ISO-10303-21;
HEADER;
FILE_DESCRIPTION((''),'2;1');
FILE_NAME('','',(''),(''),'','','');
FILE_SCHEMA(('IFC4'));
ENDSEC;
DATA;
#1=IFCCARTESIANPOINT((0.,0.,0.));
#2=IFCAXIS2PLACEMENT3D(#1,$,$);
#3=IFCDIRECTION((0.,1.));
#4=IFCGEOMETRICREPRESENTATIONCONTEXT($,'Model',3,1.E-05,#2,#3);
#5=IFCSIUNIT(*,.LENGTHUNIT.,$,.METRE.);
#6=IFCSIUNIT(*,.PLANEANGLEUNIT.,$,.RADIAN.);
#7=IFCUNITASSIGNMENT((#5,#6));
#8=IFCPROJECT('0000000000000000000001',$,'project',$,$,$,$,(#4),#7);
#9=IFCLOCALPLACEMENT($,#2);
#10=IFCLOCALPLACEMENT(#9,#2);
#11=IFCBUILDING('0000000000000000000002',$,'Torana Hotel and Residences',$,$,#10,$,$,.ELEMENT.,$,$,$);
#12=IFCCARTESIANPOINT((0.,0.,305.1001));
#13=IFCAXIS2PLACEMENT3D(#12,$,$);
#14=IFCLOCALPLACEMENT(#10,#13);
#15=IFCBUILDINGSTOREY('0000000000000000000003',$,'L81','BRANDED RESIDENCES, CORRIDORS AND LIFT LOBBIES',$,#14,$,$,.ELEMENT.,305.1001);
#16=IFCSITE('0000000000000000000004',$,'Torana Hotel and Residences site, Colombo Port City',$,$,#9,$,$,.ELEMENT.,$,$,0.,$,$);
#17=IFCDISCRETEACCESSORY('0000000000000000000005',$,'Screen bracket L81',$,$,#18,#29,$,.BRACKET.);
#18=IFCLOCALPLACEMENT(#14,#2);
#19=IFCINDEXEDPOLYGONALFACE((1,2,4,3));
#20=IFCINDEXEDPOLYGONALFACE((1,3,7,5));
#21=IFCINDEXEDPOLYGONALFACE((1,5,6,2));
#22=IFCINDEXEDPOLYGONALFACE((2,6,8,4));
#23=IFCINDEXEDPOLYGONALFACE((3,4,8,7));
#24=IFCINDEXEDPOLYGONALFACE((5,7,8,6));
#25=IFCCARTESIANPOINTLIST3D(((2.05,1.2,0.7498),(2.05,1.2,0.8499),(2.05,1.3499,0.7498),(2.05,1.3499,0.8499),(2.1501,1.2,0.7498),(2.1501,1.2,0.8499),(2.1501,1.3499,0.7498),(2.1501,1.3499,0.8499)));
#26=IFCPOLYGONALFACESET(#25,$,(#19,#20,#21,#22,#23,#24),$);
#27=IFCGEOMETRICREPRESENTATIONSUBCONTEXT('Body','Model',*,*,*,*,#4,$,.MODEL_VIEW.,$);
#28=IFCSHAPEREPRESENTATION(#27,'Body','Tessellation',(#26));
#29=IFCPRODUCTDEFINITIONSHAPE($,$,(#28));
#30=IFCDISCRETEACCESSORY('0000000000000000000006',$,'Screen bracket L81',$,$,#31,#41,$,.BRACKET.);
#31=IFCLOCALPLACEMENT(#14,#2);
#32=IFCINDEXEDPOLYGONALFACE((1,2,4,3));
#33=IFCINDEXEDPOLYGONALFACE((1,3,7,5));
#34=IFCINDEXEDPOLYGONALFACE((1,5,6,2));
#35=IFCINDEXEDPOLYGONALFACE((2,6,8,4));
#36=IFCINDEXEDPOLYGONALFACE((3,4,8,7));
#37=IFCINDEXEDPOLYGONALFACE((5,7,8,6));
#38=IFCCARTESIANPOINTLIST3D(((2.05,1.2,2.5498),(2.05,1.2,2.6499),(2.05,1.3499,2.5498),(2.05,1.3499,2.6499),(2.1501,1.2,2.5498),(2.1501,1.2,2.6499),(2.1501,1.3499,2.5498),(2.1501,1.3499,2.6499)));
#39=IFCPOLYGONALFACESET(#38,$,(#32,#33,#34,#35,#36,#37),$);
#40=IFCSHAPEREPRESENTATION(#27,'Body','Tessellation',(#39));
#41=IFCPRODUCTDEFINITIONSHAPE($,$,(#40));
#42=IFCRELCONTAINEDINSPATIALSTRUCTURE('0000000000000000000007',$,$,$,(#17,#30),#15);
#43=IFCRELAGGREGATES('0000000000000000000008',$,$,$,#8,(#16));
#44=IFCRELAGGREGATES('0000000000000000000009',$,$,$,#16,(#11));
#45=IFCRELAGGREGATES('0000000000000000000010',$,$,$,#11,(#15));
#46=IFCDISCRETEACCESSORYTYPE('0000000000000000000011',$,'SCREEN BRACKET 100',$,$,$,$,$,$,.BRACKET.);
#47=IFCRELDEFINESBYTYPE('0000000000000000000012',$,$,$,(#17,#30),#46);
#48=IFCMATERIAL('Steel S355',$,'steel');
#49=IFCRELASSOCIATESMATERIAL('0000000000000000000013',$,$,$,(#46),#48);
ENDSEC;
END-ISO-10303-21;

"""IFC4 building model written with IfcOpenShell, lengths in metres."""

from ifc_helpers import new_model, si_unit, direction, frame, origin, origin_2d, place, context, subcontext, project, spatial, rectangle, extrude, material, type_object, element, save


model = new_model("IFC4")

# Units and contexts
model_context = context("Model", 3, precision=1e-05, world=origin(), true_north=direction((0.0, 1.0)))
body_context = subcontext(model_context, "Body", "Model", "MODEL_VIEW")
ifc_project = project(units=[si_unit("LENGTHUNIT", "METRE"), si_unit("PLANEANGLEUNIT", "RADIAN")], contexts=[model_context])

# Site, building, storey
site_placement = place(None, origin())
site = spatial("IfcSite", under=ifc_project, at=site_placement, Name="Torana Hotel and Residences site, Colombo Port City", CompositionType="ELEMENT", RefElevation=0.0)
building_placement = place(site_placement, origin())
building = spatial("IfcBuilding", under=site, at=building_placement, Name="Torana Hotel and Residences", CompositionType="ELEMENT")
storey_placement = place(building_placement, frame((0.0, 0.0, 305.1001)))
storey = spatial("IfcBuildingStorey", under=building, at=storey_placement, Name="L81", Description="BRANDED RESIDENCES, CORRIDORS AND LIFT LOBBIES", CompositionType="ELEMENT", Elevation=305.1001)

# Discrete accessories
ifc_material_1 = material(Name="Steel S355", Category="steel")
discrete_accessory_type = type_object("IfcDiscreteAccessoryType", Name="SCREEN BRACKET 100", PredefinedType="BRACKET", material=ifc_material_1)
for number, where, z_axis, x_axis, name in (
    (1, (2.1001, 1.2749, 0.7498), (0.0, 0.0, 1.0), (-1.0, 0.0, 0.0), "Screen bracket L81"),
    (2, (2.1001, 1.2749, 2.5498), (0.0, 0.0, 1.0), (-1.0, 0.0, 0.0), "Screen bracket L81"),
):
    element("IfcDiscreteAccessory", number, at=place(storey_placement, frame(where, z_axis=z_axis, x_axis=x_axis)), inside=storey, type_object=discrete_accessory_type, Name=name, PredefinedType="BRACKET", context=body_context, shape_type="SweptSolid", body=[
        extrude(rectangle(XDim=0.1001, YDim=0.1499, at=origin_2d()), origin(), (0.0, 0.0, 1.0), 0.1001),
    ])

save(model, "model.ifc")
